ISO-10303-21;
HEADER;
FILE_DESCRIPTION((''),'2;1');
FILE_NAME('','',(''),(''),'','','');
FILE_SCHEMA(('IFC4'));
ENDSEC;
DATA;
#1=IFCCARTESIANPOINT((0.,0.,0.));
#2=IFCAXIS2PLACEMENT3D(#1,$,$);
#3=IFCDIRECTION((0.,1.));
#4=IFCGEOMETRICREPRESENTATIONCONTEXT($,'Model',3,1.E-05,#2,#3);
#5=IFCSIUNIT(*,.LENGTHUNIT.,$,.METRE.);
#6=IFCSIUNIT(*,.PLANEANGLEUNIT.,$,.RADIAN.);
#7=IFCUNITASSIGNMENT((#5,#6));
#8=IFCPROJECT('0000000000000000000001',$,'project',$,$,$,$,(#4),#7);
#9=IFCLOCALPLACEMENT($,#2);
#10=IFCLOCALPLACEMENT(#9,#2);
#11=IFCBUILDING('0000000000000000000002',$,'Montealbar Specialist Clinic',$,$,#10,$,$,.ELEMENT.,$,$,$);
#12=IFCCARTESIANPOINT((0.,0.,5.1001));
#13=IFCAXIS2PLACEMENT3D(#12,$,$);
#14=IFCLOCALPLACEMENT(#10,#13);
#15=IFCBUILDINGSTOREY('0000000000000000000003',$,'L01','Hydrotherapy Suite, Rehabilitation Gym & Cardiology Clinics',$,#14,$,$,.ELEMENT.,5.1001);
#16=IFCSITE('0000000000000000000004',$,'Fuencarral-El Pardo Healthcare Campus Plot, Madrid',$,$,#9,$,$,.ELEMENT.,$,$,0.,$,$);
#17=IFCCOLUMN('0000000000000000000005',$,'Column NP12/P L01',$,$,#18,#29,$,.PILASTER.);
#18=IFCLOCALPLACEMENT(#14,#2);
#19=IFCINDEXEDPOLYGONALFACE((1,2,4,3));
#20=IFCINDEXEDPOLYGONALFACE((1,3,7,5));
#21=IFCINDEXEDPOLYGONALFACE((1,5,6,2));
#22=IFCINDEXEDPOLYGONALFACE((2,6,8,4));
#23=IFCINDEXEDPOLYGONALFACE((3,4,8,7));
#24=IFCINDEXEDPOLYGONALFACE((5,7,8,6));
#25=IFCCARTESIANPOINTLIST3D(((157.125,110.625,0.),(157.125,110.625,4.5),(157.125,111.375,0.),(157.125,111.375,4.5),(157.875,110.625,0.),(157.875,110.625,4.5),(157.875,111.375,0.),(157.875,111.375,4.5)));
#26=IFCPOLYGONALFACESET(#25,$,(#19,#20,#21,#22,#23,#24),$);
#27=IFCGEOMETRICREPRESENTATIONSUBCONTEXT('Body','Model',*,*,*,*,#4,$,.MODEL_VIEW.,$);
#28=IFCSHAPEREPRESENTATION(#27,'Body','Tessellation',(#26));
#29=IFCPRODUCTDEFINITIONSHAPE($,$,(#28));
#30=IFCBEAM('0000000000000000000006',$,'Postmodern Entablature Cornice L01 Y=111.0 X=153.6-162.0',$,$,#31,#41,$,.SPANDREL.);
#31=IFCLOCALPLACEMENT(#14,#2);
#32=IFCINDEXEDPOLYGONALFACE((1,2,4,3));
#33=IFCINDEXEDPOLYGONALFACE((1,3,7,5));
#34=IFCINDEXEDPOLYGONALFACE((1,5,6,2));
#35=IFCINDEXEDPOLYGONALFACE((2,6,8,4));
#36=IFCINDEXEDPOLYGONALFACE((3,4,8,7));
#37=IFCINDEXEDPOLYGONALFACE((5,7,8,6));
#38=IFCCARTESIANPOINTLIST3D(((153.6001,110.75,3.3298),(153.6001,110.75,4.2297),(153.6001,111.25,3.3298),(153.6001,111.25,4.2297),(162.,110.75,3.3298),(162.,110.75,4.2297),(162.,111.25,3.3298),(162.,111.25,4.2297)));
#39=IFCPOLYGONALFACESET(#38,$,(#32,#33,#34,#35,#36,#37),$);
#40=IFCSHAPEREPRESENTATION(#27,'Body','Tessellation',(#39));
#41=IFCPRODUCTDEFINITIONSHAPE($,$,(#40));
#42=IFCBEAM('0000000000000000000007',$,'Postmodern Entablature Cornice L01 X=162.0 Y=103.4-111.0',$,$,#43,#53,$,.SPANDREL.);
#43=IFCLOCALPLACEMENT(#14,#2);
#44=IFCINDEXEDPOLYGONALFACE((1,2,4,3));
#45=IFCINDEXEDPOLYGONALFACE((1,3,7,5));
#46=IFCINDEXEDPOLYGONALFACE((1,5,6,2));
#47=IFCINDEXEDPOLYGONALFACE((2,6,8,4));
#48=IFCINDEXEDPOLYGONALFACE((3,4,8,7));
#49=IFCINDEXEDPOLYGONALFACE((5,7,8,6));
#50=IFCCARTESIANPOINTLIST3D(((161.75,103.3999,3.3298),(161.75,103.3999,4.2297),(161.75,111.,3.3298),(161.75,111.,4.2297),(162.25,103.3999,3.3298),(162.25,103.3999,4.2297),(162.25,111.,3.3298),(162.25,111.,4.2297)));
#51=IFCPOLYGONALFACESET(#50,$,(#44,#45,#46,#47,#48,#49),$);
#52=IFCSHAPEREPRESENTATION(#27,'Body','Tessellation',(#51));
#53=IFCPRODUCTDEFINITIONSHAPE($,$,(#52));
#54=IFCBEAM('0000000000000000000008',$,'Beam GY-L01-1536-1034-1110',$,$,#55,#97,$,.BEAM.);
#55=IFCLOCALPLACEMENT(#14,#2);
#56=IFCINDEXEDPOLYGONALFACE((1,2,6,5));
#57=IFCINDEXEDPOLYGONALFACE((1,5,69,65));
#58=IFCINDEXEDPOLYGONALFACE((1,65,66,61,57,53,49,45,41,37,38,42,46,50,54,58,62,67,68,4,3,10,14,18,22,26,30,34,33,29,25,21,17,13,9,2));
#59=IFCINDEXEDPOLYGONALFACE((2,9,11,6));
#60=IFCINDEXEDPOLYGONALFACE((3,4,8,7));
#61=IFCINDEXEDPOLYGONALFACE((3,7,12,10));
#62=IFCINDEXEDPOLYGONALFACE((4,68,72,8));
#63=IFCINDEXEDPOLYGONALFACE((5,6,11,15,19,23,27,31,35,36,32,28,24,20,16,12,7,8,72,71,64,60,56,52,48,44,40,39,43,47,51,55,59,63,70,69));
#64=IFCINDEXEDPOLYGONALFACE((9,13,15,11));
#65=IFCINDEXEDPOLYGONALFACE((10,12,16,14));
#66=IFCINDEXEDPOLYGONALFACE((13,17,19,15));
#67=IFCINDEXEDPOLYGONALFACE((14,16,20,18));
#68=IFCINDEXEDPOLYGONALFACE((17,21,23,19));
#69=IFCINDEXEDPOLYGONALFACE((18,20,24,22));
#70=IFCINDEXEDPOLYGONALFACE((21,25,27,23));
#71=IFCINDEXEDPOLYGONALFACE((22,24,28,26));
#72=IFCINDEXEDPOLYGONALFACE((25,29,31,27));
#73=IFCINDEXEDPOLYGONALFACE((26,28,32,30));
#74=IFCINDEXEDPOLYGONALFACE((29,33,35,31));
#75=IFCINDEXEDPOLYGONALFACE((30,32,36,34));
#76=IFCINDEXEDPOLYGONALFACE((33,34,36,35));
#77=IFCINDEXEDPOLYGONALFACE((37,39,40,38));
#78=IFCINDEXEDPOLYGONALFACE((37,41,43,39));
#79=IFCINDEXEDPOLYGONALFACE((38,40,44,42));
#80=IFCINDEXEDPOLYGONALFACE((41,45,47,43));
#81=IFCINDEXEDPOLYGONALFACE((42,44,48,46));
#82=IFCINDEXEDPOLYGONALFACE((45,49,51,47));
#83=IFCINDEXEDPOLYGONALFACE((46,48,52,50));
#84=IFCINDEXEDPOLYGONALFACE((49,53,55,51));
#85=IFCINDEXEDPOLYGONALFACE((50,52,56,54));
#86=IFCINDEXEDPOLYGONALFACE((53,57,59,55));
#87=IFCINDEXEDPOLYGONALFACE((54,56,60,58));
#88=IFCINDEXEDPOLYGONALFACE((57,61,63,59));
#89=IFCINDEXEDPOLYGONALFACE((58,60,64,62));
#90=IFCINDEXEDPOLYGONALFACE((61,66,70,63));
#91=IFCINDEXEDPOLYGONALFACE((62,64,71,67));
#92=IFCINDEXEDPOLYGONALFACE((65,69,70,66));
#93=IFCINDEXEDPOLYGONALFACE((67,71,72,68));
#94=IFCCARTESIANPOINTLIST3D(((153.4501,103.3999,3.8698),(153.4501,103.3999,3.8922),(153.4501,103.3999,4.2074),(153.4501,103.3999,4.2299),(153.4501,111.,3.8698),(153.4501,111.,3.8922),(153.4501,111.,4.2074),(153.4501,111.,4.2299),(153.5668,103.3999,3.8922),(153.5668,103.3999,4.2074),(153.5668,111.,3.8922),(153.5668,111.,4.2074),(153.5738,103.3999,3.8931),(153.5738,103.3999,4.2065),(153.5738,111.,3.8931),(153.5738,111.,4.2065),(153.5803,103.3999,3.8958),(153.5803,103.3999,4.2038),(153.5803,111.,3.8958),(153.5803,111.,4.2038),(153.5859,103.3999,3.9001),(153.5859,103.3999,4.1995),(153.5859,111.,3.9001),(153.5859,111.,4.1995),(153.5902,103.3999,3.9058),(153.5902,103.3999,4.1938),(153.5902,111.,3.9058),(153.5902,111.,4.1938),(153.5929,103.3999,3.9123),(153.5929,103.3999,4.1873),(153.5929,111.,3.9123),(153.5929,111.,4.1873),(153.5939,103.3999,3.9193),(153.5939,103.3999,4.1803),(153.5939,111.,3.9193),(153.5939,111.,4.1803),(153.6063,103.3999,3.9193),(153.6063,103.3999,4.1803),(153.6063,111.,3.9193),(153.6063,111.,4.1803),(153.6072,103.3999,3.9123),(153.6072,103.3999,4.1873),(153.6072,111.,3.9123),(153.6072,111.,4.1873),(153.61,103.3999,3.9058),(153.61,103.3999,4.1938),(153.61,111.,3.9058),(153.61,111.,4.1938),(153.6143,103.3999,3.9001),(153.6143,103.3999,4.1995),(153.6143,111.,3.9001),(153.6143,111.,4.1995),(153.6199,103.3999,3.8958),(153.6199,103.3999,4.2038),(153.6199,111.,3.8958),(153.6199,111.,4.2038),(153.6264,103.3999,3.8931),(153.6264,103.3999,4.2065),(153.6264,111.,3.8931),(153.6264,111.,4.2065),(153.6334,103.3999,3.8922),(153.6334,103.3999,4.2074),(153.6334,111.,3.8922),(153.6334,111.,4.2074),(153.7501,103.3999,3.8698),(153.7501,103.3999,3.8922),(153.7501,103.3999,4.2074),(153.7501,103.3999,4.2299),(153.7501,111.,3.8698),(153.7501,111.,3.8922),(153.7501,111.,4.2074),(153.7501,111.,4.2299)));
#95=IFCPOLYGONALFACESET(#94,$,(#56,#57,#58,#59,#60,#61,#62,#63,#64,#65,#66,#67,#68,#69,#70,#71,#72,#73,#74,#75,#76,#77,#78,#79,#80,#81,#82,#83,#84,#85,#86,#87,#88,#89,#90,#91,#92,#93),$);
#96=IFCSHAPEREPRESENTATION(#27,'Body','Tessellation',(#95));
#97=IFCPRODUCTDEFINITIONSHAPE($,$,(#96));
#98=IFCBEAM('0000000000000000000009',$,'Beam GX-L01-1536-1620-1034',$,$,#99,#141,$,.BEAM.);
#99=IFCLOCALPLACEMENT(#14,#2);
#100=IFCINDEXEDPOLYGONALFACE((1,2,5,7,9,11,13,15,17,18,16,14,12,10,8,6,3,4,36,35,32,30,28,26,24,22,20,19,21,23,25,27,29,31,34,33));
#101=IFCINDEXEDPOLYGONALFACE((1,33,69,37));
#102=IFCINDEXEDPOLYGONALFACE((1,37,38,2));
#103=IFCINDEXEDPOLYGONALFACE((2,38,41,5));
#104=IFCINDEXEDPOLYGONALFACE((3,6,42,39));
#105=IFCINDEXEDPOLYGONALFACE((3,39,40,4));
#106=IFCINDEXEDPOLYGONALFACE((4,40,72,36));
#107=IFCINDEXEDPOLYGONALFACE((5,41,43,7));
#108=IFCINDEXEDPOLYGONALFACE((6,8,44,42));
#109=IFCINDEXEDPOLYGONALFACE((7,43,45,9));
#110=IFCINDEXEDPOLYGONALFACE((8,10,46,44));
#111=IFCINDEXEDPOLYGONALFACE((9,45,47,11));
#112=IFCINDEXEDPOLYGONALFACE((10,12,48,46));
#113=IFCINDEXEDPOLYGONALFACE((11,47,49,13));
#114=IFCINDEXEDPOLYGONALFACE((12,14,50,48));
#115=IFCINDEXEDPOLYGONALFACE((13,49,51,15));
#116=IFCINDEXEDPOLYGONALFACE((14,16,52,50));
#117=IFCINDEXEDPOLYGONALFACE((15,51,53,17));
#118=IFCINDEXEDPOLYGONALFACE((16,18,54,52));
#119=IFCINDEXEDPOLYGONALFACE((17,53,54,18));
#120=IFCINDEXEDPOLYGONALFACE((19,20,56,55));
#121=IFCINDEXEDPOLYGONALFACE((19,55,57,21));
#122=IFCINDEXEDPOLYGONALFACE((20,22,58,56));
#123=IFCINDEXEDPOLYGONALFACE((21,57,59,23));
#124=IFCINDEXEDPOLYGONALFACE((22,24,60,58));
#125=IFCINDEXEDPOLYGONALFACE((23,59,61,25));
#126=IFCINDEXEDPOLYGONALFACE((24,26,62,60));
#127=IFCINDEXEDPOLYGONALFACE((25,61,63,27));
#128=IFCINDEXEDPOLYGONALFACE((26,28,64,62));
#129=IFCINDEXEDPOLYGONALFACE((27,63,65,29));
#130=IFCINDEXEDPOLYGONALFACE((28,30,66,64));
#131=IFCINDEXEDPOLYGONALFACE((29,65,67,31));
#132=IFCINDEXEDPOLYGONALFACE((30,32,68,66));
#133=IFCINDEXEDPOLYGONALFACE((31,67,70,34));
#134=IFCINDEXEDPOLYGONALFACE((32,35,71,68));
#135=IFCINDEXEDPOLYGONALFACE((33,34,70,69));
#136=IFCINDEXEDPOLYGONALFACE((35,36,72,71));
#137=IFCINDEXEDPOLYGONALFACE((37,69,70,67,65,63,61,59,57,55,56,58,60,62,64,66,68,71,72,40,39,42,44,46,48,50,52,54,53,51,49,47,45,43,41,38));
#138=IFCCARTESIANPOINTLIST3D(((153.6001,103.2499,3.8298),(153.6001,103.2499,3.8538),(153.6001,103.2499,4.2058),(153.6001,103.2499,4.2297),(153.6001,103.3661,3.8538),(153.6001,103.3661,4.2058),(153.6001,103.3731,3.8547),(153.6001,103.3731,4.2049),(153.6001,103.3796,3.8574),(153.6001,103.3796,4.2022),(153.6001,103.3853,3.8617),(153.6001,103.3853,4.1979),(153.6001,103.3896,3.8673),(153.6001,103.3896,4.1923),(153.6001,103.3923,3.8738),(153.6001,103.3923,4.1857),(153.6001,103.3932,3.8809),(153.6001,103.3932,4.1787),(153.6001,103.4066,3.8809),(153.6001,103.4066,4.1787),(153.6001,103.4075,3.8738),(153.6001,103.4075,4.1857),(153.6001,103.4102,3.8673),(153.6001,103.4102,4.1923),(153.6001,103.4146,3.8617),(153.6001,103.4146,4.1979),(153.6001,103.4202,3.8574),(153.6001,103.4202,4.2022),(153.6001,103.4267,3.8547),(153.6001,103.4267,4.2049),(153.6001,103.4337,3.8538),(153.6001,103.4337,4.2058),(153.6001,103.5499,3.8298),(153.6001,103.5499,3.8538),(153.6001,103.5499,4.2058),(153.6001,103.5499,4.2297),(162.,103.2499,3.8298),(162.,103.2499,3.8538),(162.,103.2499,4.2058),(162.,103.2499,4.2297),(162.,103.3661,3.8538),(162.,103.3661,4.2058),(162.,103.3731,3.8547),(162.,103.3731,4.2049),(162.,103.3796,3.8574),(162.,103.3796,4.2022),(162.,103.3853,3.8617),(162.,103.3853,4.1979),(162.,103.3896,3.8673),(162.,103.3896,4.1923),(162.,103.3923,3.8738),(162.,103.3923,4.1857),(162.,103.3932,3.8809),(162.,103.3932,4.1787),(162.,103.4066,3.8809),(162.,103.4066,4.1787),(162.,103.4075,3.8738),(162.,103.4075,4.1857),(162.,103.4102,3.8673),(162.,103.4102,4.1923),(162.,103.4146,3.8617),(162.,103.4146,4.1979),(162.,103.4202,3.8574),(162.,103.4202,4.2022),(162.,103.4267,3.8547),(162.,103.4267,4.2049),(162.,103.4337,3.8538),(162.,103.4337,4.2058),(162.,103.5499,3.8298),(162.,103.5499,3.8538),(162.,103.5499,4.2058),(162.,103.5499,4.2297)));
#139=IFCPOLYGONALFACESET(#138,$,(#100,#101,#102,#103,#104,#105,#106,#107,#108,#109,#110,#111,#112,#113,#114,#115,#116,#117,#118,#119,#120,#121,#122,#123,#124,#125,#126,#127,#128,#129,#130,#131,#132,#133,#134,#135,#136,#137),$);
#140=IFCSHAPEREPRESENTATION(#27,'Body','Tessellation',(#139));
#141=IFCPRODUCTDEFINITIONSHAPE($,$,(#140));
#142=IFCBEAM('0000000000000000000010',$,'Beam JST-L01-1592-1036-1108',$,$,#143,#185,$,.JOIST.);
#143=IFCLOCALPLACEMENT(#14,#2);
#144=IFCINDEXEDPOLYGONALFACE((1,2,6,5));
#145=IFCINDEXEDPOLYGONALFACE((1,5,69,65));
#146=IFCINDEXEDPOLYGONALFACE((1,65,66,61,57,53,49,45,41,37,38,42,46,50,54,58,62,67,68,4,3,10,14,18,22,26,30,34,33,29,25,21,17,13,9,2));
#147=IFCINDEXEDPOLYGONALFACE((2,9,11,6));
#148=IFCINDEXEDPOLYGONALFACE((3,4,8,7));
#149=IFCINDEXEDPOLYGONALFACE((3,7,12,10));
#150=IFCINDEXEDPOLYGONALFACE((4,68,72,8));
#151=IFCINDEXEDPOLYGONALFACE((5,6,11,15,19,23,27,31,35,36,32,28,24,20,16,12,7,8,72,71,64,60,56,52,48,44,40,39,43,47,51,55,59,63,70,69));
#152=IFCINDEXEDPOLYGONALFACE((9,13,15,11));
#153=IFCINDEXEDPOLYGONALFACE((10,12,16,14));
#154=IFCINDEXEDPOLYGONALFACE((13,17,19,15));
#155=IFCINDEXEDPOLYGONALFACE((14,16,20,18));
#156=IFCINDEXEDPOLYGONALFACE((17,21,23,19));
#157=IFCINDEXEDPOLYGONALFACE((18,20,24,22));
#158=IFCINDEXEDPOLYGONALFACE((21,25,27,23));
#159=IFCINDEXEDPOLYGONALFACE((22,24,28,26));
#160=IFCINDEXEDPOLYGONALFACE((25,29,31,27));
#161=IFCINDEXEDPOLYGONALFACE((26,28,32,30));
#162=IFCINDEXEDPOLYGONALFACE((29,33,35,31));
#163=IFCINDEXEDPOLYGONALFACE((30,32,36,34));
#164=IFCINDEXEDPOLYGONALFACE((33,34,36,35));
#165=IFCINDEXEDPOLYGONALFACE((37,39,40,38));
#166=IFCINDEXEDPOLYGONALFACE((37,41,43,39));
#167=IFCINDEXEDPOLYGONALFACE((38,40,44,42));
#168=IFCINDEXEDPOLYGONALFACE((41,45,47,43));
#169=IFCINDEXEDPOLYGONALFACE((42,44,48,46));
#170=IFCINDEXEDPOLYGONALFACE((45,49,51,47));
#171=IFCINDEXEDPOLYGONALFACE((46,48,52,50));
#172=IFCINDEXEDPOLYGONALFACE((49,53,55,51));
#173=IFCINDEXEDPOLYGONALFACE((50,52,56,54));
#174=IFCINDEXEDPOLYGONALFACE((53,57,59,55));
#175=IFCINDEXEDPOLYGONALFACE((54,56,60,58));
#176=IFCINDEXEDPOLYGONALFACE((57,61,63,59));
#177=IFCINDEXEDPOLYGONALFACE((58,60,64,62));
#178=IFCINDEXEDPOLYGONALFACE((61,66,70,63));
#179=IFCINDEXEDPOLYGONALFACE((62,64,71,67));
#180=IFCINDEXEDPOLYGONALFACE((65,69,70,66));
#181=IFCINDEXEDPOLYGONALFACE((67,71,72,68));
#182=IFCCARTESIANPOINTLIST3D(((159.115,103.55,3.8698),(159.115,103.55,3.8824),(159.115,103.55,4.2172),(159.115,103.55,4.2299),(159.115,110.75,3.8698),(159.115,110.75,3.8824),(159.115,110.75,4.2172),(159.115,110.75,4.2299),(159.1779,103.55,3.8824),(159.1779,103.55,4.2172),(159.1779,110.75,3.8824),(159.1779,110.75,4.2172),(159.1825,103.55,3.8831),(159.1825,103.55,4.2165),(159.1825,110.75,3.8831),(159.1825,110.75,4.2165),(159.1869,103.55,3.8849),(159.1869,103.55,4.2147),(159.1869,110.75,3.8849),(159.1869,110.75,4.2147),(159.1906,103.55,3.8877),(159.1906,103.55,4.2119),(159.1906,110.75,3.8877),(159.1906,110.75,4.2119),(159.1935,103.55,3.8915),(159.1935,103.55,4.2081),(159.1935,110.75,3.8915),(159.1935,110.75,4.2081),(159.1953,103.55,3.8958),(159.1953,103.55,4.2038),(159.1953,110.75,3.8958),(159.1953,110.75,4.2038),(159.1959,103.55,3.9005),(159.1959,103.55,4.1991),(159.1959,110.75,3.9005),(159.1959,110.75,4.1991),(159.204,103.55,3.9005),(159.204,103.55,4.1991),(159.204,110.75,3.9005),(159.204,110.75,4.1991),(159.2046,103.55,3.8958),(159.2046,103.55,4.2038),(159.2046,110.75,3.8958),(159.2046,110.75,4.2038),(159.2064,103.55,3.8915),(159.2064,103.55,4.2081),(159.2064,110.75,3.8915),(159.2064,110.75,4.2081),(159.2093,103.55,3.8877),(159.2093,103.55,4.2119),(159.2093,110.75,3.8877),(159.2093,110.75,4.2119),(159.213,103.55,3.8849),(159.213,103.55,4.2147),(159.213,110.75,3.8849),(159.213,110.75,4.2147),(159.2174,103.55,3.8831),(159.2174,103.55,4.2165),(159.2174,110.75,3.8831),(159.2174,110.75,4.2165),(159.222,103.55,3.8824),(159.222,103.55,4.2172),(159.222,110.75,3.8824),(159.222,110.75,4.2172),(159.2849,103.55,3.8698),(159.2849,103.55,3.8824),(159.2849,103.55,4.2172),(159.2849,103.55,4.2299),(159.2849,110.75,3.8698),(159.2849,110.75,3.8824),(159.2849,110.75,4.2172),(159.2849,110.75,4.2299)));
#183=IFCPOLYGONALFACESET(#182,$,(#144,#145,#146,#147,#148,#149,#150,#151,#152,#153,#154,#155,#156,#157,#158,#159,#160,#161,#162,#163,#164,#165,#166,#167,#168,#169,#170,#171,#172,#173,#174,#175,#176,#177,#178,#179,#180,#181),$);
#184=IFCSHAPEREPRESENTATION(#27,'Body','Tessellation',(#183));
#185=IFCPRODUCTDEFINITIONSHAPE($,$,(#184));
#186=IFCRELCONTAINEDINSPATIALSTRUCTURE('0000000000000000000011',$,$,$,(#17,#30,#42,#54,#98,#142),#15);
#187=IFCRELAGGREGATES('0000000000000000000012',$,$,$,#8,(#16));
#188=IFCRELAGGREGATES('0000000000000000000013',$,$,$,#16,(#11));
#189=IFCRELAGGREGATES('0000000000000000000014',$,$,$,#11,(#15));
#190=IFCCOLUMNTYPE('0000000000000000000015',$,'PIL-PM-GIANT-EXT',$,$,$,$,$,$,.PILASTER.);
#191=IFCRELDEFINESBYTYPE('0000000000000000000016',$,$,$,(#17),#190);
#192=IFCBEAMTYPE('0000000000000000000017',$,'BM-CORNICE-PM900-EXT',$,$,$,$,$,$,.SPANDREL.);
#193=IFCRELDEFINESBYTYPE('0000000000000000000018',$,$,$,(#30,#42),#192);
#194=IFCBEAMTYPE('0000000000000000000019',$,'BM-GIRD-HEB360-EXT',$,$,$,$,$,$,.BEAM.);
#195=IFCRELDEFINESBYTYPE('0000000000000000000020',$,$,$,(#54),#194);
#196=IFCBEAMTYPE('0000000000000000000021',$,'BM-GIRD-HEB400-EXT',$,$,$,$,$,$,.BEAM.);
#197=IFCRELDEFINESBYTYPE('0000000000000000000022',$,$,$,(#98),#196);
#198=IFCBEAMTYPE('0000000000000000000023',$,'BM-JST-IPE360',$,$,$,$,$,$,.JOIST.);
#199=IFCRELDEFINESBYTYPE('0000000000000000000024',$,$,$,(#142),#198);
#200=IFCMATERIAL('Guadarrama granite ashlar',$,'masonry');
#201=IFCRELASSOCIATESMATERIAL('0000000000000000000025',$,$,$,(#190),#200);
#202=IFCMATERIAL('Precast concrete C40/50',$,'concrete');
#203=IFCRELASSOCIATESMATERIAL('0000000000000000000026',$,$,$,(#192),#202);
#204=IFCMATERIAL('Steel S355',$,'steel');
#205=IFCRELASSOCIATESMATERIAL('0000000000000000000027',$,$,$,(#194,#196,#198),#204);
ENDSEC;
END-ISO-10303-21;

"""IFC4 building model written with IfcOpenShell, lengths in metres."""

from ifc_helpers import new_model, si_unit, direction, frame, origin, origin_2d, place, context, subcontext, project, spatial, rectangle, i_section, extrude, material, material_profile, profile_set, type_object, element, save


model = new_model("IFC4")

# Units and contexts
model_context = context("Model", 3, precision=1e-05, world=origin(), true_north=direction((0.0, 1.0)))
body_context = subcontext(model_context, "Body", "Model", "MODEL_VIEW")
ifc_project = project(units=[si_unit("LENGTHUNIT", "METRE"), si_unit("PLANEANGLEUNIT", "RADIAN")], contexts=[model_context])

# Site, building, storey
site_placement = place(None, origin())
site = spatial("IfcSite", under=ifc_project, at=site_placement, Name="Fuencarral-El Pardo Healthcare Campus Plot, Madrid", CompositionType="ELEMENT", RefElevation=0.0)
building_placement = place(site_placement, origin())
building = spatial("IfcBuilding", under=site, at=building_placement, Name="Montealbar Specialist Clinic", CompositionType="ELEMENT")
storey_placement = place(building_placement, frame((0.0, 0.0, 5.1001)))
storey = spatial("IfcBuildingStorey", under=building, at=storey_placement, Name="L01", Description="Hydrotherapy Suite, Rehabilitation Gym & Cardiology Clinics", CompositionType="ELEMENT", Elevation=5.1001)

# Column
ifc_material_1 = material(Name="Steel S355", Category="steel")
ifc_material_2 = material(Name="Guadarrama granite ashlar", Category="masonry")
ifc_material_profile_1 = material_profile(ifc_material_2, rectangle(XDim=0.75, YDim=0.75, at=origin_2d()), Name="GRANITE PILASTER 750x750", Category="masonry")
ifc_profile_set_1 = profile_set([ifc_material_profile_1], Name="Guadarrama granite ashlar")
column_type_1 = type_object("IfcColumnType", Name="PIL-PM-GIANT-EXT", PredefinedType="PILASTER", material=ifc_profile_set_1)
column_1_placement = place(storey_placement, frame((157.5, 111.0, 0.0), z_axis=(0.0, 0.0, 1.0), x_axis=(1.0, 0.0, 0.0)))
element("IfcColumn", 1, at=column_1_placement, inside=storey, type_object=column_type_1, Name="Column NP12/P L01", PredefinedType="PILASTER", context=body_context, shape_type="SweptSolid", body=[
    extrude(rectangle(XDim=0.75, YDim=0.75, at=origin_2d()), origin(), (0.0, 0.0, 1.0), 4.5),
])

# Beams
ifc_material_3 = material(Name="Precast concrete C40/50", Category="concrete")
ifc_material_profile_2 = material_profile(ifc_material_3, rectangle(XDim=0.5, YDim=0.8999, at=origin_2d()), Name="PRECAST CORNICE 500x900", Category="concrete")
ifc_profile_set_2 = profile_set([ifc_material_profile_2], Name="Precast concrete C40/50")
beam_type_1 = type_object("IfcBeamType", Name="BM-CORNICE-PM900-EXT", PredefinedType="SPANDREL", material=ifc_profile_set_2)
beam_1_placement = place(storey_placement, frame((153.6001, 111.0, 3.7798), z_axis=(1.0, 0.0, 0.0), x_axis=(0.0, 1.0, 0.0)))
element("IfcBeam", 2, at=beam_1_placement, inside=storey, type_object=beam_type_1, Name="Postmodern Entablature Cornice L01 Y=111.0 X=153.6-162.0", PredefinedType="SPANDREL", context=body_context, shape_type="SweptSolid", body=[
    extrude(rectangle(XDim=0.5, YDim=0.8999, at=origin_2d()), origin(), (0.0, 0.0, 1.0), 8.3999),
])
beam_2_placement = place(storey_placement, frame((162.0, 103.3999, 3.7798), z_axis=(0.0, 1.0, 0.0), x_axis=(-1.0, 0.0, 0.0)))
element("IfcBeam", 3, at=beam_2_placement, inside=storey, type_object=beam_type_1, Name="Postmodern Entablature Cornice L01 X=162.0 Y=103.4-111.0", PredefinedType="SPANDREL", context=body_context, shape_type="SweptSolid", body=[
    extrude(rectangle(XDim=0.5, YDim=0.8999, at=origin_2d()), origin(), (0.0, 0.0, 1.0), 7.6001),
])
ifc_material_profile_3 = material_profile(ifc_material_1, i_section(OverallWidth=0.3, OverallDepth=0.3601, WebThickness=0.0125, FlangeThickness=0.0225, FilletRadius=0.0271, at=origin_2d()), Name="HEB 360", Category="steel")
ifc_profile_set_3 = profile_set([ifc_material_profile_3], Name="Steel S355")
beam_type_2 = type_object("IfcBeamType", Name="BM-GIRD-HEB360-EXT", PredefinedType="BEAM", material=ifc_profile_set_3)
beam_3_placement = place(storey_placement, frame((153.6001, 103.3999, 4.0498), z_axis=(0.0, 1.0, 0.0), x_axis=(-1.0, 0.0, 0.0)))
element("IfcBeam", 4, at=beam_3_placement, inside=storey, type_object=beam_type_2, Name="Beam GY-L01-1536-1034-1110", PredefinedType="BEAM", context=body_context, shape_type="SweptSolid", body=[
    extrude(i_section(OverallWidth=0.3, OverallDepth=0.3601, WebThickness=0.0125, FlangeThickness=0.0225, FilletRadius=0.0271, at=origin_2d()), origin(), (0.0, 0.0, 1.0), 7.6001),
])
ifc_material_profile_4 = material_profile(ifc_material_1, i_section(OverallWidth=0.3, OverallDepth=0.3999, WebThickness=0.0134, FlangeThickness=0.0239, FilletRadius=0.0271, at=origin_2d()), Name="HEB 400", Category="steel")
ifc_profile_set_4 = profile_set([ifc_material_profile_4], Name="Steel S355")
beam_type_3 = type_object("IfcBeamType", Name="BM-GIRD-HEB400-EXT", PredefinedType="BEAM", material=ifc_profile_set_4)
beam_4_placement = place(storey_placement, frame((153.6001, 103.3999, 4.0298), z_axis=(1.0, 0.0, 0.0), x_axis=(0.0, 1.0, 0.0)))
element("IfcBeam", 5, at=beam_4_placement, inside=storey, type_object=beam_type_3, Name="Beam GX-L01-1536-1620-1034", PredefinedType="BEAM", context=body_context, shape_type="SweptSolid", body=[
    extrude(i_section(OverallWidth=0.3, OverallDepth=0.3999, WebThickness=0.0134, FlangeThickness=0.0239, FilletRadius=0.0271, at=origin_2d()), origin(), (0.0, 0.0, 1.0), 8.3999),
])
ifc_material_profile_5 = material_profile(ifc_material_1, i_section(OverallWidth=0.1699, OverallDepth=0.3601, WebThickness=0.0081, FlangeThickness=0.0127, FilletRadius=0.0181, at=origin_2d()), Name="IPE 360", Category="steel")
ifc_profile_set_5 = profile_set([ifc_material_profile_5], Name="Steel S355")
beam_type_4 = type_object("IfcBeamType", Name="BM-JST-IPE360", PredefinedType="JOIST", material=ifc_profile_set_5)
beam_5_placement = place(storey_placement, frame((159.2, 103.55, 4.0498), z_axis=(0.0, 1.0, 0.0), x_axis=(-1.0, 0.0, 0.0)))
element("IfcBeam", 6, at=beam_5_placement, inside=storey, type_object=beam_type_4, Name="Beam JST-L01-1592-1036-1108", PredefinedType="JOIST", context=body_context, shape_type="SweptSolid", body=[
    extrude(i_section(OverallWidth=0.1699, OverallDepth=0.3601, WebThickness=0.0081, FlangeThickness=0.0127, FilletRadius=0.0181, at=origin_2d()), origin(), (0.0, 0.0, 1.0), 7.2),
])

save(model, "model.ifc")
